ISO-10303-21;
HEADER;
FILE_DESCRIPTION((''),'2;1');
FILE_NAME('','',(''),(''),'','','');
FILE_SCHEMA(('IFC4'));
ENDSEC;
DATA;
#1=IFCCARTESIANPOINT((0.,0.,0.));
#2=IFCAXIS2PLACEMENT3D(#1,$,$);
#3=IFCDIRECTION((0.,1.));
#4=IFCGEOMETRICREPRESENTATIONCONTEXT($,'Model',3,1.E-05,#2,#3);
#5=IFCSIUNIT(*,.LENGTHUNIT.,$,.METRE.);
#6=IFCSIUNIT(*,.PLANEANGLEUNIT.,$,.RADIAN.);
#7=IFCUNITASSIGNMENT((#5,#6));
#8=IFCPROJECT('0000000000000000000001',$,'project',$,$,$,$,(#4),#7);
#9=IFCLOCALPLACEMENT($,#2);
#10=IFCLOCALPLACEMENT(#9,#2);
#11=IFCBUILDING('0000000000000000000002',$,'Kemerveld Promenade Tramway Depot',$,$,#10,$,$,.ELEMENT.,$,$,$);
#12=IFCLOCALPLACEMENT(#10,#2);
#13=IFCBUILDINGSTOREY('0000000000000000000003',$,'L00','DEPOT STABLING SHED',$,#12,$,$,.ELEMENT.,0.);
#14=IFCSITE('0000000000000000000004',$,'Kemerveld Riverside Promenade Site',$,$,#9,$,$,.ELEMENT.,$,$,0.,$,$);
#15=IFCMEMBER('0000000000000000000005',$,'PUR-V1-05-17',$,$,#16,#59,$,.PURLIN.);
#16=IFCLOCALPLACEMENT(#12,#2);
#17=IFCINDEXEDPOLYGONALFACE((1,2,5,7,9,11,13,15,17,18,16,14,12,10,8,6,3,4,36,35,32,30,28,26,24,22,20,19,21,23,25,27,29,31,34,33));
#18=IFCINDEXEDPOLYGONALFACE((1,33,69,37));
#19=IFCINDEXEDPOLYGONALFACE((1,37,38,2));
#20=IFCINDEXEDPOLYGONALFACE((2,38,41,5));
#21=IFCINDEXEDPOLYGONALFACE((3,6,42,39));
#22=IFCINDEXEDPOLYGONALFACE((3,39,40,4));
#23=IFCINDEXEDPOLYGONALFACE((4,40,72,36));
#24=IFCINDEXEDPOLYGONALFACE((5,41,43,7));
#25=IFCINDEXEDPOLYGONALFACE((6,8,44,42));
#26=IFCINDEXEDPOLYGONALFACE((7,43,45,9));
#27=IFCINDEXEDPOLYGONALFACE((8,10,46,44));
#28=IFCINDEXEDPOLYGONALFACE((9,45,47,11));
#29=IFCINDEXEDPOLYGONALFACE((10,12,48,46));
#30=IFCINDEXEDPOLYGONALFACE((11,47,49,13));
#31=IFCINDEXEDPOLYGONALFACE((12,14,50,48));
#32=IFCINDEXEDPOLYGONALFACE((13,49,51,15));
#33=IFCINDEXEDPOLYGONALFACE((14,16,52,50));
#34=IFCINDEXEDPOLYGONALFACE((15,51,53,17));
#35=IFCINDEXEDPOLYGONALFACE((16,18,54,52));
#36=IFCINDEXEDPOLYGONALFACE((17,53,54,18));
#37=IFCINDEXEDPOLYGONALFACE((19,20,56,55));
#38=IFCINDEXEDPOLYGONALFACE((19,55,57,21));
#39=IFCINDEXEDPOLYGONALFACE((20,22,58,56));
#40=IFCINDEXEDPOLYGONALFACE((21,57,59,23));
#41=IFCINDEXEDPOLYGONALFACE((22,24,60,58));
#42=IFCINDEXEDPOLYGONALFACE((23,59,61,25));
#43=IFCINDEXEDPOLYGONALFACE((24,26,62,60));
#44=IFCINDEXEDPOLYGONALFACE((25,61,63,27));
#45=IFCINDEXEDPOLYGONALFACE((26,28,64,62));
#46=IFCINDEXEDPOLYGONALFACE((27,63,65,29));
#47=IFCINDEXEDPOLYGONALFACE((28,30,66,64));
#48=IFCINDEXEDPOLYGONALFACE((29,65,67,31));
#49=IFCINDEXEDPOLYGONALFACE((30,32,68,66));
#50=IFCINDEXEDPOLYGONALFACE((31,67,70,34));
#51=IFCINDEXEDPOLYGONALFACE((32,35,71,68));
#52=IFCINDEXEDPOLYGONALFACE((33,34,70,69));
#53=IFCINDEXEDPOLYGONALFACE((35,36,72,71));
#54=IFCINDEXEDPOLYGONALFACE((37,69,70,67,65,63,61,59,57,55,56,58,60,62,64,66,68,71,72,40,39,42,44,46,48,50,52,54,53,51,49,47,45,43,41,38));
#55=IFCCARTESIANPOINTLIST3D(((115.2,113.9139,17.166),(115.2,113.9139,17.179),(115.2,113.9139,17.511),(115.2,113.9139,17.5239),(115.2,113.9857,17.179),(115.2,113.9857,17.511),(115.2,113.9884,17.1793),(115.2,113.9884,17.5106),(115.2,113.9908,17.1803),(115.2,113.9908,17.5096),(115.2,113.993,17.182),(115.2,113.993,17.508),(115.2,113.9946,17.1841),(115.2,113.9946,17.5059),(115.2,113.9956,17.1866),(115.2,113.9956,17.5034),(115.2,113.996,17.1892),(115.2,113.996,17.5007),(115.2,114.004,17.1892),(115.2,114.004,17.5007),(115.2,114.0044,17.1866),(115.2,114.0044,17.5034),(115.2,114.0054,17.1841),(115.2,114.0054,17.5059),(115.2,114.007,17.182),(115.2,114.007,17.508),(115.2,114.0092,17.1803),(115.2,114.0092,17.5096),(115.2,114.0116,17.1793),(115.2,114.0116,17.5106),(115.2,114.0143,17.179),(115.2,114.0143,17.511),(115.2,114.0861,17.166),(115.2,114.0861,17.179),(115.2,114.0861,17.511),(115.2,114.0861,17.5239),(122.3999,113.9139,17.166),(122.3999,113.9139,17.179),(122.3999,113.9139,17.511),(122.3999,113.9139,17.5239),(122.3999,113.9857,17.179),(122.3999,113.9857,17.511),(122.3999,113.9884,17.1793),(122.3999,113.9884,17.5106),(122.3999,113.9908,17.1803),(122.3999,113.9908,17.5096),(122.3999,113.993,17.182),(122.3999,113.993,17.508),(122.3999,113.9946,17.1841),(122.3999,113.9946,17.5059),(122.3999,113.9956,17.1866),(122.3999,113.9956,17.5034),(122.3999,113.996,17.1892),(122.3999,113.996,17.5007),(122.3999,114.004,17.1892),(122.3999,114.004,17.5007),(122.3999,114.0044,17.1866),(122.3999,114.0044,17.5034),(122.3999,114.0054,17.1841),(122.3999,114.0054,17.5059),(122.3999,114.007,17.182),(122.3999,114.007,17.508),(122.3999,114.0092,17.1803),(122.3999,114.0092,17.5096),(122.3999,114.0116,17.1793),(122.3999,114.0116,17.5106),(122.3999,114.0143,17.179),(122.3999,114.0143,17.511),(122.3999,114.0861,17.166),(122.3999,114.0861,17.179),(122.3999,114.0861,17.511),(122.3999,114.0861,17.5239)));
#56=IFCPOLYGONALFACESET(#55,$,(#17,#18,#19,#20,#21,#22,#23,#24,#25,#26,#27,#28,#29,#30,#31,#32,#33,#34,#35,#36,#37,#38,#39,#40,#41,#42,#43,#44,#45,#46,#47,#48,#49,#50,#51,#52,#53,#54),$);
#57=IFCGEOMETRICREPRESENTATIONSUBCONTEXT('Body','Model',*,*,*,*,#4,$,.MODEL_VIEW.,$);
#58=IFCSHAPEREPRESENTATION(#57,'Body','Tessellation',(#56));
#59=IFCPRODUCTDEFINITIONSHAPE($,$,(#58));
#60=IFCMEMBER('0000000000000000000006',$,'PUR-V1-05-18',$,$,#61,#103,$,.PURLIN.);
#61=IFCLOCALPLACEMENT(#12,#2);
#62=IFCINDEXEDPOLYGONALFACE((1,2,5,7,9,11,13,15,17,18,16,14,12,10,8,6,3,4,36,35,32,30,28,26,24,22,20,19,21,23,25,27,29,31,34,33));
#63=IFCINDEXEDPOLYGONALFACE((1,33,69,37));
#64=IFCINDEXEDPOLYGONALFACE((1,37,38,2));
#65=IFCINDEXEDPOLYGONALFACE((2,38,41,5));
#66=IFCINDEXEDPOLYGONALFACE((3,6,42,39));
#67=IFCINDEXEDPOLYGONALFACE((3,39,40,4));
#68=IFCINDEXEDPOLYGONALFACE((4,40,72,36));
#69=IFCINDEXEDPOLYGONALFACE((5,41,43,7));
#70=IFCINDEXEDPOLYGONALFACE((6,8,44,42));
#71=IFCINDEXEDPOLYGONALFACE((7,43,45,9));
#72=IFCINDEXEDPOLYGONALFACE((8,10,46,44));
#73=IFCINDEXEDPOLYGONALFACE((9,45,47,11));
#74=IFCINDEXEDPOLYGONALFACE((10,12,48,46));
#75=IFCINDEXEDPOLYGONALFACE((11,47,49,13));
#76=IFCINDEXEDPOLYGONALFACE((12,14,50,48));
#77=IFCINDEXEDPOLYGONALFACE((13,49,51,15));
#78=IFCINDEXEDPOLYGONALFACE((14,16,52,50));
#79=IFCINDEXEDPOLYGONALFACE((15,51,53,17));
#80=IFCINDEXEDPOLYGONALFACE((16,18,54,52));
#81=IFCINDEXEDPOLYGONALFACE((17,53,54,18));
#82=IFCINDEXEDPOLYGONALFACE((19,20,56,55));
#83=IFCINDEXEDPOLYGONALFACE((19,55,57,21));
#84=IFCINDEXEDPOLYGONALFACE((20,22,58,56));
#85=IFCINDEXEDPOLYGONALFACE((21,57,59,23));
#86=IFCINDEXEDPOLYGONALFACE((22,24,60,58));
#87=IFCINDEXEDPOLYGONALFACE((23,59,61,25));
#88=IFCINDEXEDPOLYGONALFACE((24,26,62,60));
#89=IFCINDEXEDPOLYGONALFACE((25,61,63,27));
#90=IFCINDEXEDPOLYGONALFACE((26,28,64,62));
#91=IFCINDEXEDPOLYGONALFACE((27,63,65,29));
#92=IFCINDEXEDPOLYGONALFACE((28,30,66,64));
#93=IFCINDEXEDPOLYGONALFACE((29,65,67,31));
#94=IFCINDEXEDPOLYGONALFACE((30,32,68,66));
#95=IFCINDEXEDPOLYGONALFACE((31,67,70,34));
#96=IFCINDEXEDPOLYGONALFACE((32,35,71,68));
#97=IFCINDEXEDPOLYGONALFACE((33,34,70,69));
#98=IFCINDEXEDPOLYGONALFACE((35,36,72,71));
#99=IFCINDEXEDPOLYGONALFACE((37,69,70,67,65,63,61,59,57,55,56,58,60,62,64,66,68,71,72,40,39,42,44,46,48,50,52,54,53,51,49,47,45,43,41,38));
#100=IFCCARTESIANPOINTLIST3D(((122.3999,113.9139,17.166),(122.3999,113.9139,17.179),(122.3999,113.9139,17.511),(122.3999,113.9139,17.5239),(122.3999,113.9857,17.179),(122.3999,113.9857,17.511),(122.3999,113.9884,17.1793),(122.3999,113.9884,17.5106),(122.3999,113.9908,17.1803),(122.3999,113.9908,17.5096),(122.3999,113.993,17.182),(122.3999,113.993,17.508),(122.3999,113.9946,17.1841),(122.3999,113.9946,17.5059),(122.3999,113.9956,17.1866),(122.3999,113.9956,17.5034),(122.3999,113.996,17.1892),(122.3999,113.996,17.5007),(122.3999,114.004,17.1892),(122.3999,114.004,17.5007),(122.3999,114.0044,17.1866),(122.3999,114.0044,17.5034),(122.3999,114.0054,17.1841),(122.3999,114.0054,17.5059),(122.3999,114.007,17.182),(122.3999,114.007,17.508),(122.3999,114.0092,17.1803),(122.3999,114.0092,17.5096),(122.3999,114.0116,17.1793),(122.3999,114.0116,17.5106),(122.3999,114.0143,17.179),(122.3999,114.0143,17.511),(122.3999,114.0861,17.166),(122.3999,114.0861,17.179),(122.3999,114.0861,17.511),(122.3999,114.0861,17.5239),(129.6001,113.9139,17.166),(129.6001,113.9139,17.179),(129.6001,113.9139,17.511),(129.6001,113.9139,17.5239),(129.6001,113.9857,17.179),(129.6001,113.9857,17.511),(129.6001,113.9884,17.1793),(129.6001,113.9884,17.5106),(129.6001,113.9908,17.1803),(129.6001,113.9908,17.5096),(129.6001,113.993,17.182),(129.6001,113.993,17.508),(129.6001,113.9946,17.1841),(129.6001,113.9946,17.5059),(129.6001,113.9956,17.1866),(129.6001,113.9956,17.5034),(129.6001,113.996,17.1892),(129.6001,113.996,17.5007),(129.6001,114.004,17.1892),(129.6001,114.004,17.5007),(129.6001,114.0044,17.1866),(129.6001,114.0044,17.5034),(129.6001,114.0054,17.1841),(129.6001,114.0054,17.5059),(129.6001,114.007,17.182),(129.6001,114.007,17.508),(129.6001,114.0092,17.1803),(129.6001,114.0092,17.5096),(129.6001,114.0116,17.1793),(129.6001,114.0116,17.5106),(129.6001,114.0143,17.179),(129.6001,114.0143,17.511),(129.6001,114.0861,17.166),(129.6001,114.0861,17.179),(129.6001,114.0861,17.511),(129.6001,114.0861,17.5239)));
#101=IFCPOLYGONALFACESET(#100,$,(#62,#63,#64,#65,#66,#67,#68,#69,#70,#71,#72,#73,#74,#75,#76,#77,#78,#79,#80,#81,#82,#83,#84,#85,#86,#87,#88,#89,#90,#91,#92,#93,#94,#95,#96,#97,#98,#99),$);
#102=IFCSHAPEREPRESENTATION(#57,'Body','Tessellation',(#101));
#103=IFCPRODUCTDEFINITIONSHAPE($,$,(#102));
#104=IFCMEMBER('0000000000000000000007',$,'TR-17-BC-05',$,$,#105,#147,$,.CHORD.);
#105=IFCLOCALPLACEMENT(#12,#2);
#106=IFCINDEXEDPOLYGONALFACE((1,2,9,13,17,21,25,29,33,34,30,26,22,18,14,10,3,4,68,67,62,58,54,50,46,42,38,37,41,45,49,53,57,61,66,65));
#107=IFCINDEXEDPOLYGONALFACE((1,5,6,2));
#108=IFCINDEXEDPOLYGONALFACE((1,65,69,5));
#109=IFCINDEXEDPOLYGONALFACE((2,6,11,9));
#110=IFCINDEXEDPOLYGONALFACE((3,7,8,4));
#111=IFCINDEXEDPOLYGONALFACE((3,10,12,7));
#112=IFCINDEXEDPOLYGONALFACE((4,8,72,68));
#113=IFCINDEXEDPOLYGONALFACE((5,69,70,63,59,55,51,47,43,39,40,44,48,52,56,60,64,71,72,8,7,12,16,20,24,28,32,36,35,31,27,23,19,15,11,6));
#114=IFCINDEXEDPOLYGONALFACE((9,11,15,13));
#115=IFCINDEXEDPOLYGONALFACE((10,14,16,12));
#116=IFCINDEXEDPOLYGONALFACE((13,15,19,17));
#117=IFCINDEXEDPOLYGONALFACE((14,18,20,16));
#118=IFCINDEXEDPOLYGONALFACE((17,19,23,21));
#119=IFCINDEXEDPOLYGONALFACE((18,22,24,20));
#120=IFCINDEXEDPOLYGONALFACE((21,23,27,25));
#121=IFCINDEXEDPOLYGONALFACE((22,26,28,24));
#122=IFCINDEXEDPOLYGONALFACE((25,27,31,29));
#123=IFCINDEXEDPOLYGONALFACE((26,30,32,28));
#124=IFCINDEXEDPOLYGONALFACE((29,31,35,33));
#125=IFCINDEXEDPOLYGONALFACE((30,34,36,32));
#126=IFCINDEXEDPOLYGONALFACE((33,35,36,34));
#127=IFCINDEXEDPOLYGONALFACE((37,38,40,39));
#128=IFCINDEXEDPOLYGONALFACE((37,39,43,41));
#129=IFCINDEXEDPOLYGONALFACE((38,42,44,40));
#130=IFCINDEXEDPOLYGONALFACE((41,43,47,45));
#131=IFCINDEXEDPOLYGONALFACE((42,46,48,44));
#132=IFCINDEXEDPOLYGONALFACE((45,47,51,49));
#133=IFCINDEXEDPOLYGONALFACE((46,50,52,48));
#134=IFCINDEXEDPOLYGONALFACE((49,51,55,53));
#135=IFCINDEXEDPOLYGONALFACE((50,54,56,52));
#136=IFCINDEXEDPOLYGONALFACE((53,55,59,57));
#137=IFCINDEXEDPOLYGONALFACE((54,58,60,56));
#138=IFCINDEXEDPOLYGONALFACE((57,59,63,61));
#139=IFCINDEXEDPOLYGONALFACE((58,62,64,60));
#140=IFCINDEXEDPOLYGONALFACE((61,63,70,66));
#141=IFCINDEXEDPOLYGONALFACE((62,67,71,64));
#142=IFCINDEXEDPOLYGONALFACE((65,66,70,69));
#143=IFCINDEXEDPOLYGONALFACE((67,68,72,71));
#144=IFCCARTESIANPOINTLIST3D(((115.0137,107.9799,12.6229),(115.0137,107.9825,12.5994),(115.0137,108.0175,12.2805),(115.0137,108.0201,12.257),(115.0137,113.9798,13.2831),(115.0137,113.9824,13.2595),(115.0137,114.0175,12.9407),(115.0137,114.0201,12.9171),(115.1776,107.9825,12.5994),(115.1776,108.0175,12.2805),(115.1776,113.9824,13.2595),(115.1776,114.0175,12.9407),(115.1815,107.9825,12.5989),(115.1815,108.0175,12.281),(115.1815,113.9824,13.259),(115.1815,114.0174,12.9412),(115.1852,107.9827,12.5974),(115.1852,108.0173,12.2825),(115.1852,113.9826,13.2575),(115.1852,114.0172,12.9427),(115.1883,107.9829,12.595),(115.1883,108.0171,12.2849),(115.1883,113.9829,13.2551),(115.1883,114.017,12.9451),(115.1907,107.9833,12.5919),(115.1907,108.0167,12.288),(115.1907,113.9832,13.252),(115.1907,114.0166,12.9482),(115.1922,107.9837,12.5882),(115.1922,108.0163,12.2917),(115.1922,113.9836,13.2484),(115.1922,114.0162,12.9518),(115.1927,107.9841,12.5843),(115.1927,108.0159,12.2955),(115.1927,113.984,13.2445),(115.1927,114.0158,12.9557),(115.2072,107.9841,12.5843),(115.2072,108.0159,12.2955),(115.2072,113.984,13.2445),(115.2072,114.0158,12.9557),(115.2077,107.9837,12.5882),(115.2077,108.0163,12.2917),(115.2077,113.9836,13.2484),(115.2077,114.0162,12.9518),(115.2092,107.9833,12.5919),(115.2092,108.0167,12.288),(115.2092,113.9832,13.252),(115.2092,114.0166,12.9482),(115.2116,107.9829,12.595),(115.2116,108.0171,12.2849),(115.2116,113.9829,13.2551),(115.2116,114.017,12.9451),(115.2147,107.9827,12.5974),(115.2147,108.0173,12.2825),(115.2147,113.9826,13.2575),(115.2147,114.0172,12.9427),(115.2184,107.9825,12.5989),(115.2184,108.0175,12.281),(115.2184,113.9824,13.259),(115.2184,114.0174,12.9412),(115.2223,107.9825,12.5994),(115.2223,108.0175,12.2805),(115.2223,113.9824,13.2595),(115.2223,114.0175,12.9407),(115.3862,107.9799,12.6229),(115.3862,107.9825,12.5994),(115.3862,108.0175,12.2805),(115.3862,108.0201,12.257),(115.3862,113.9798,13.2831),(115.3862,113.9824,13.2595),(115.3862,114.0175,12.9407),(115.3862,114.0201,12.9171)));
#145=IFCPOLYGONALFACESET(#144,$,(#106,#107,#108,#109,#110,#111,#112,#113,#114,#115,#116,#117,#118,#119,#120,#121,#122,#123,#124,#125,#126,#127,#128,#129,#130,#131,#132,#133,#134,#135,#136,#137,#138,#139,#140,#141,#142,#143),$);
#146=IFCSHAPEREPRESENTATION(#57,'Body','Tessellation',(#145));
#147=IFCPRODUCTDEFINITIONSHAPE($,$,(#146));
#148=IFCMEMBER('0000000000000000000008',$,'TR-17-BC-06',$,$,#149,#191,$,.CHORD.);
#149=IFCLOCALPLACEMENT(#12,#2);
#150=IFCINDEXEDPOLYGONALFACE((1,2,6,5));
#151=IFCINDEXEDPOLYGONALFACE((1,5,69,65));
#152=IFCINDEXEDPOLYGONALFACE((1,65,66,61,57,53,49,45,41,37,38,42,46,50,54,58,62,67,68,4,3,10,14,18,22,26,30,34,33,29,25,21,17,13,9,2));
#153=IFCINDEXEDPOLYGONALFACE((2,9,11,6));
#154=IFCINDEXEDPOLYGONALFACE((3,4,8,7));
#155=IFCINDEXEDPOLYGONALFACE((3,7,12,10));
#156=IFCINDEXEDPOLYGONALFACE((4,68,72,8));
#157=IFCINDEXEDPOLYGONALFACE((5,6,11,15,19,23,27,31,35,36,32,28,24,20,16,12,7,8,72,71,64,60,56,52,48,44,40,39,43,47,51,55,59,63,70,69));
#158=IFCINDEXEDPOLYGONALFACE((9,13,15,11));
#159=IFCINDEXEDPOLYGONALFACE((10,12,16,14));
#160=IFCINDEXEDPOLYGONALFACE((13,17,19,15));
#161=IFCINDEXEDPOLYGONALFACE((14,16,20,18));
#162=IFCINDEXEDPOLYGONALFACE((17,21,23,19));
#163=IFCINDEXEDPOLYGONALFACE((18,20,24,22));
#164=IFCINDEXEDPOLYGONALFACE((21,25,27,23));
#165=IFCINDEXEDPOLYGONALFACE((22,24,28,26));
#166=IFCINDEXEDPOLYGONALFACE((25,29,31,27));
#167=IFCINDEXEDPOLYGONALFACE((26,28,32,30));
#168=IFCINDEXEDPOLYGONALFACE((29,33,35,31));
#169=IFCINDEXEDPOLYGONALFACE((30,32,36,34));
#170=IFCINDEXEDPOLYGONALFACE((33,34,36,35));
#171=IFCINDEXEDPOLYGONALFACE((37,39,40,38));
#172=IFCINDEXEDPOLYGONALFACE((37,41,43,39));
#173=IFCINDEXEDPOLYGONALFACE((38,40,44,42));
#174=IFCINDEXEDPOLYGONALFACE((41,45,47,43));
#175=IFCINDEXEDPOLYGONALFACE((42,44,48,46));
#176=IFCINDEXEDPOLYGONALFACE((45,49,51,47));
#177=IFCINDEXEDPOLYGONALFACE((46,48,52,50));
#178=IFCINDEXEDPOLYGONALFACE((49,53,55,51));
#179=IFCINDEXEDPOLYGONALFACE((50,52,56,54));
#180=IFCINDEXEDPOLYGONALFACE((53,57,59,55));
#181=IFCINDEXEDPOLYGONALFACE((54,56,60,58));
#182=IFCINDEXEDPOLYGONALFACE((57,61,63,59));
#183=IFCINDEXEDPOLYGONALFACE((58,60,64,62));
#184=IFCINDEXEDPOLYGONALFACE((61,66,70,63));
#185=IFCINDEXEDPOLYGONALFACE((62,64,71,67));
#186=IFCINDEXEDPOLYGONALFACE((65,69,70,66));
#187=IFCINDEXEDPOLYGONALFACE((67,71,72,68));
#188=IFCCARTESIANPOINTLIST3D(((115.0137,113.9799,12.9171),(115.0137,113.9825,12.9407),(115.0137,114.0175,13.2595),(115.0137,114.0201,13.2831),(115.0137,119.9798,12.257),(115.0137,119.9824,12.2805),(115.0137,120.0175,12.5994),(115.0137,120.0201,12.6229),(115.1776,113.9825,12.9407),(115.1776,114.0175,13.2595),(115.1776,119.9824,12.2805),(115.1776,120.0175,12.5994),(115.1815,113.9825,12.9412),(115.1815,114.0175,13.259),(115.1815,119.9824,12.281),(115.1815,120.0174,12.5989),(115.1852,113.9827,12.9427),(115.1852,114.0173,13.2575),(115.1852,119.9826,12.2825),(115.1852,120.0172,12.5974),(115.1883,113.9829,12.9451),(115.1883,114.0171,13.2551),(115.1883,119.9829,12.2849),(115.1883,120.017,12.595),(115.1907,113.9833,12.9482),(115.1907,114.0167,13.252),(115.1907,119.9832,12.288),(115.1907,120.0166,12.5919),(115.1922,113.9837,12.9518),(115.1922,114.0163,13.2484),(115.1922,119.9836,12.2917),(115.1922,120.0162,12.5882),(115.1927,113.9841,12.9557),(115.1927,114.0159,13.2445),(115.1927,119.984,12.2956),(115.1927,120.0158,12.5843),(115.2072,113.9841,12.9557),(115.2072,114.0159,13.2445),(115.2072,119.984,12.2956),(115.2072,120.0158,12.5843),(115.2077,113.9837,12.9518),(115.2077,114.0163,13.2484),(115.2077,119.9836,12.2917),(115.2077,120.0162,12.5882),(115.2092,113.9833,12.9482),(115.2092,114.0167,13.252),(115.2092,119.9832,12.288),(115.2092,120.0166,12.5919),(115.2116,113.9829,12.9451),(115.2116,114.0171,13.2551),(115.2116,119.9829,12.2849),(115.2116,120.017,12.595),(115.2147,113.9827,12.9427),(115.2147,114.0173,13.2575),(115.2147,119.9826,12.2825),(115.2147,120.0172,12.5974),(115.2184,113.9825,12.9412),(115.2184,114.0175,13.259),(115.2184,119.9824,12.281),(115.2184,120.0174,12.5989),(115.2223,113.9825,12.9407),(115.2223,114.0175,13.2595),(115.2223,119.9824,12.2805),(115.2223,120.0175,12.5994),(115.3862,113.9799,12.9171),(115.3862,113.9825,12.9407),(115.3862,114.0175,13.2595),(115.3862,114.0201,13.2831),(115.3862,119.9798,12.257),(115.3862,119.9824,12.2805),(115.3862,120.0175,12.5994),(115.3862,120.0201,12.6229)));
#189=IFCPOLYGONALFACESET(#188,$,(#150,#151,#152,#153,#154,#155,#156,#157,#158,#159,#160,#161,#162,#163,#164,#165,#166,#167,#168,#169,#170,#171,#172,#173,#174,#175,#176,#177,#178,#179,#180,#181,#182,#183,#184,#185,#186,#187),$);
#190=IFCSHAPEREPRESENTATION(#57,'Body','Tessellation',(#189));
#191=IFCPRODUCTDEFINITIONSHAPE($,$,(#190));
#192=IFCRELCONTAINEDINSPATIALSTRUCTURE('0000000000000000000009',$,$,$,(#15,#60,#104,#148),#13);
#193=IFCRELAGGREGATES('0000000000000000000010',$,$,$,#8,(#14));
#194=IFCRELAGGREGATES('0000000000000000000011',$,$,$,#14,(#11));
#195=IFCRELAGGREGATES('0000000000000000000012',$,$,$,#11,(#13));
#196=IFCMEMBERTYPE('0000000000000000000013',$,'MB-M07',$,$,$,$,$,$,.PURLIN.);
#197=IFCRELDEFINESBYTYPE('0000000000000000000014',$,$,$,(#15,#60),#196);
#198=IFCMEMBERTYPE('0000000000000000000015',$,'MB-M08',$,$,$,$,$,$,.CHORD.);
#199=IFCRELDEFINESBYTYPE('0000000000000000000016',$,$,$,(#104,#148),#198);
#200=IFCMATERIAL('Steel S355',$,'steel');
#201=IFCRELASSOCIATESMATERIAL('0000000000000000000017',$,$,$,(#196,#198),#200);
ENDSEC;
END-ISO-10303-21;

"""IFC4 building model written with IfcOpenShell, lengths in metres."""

from ifc_helpers import new_model, si_unit, direction, frame, origin, origin_2d, place, context, subcontext, project, spatial, i_section, extrude, material, material_profile, profile_set, type_object, element, save


model = new_model("IFC4")

# Units and contexts
model_context = context("Model", 3, precision=1e-05, world=origin(), true_north=direction((0.0, 1.0)))
body_context = subcontext(model_context, "Body", "Model", "MODEL_VIEW")
ifc_project = project(units=[si_unit("LENGTHUNIT", "METRE"), si_unit("PLANEANGLEUNIT", "RADIAN")], contexts=[model_context])

# Site, building, storey
site_placement = place(None, origin())
site = spatial("IfcSite", under=ifc_project, at=site_placement, Name="Kemerveld Riverside Promenade Site", CompositionType="ELEMENT", RefElevation=0.0)
building_placement = place(site_placement, origin())
building = spatial("IfcBuilding", under=site, at=building_placement, Name="Kemerveld Promenade Tramway Depot", CompositionType="ELEMENT")
storey_placement = place(building_placement, origin())
storey = spatial("IfcBuildingStorey", under=building, at=storey_placement, Name="L00", Description="DEPOT STABLING SHED", CompositionType="ELEMENT", Elevation=0.0)

# Members
ifc_material_1 = material(Name="Steel S355", Category="steel")
ifc_material_profile_1 = material_profile(ifc_material_1, i_section(OverallWidth=0.1721, OverallDepth=0.3579, WebThickness=0.0081, FlangeThickness=0.0129, FilletRadius=0.0103, at=origin_2d()), Name="356x171x57 UB")
ifc_profile_set_1 = profile_set([ifc_material_profile_1], Name="Steel S355")
member_type_1 = type_object("IfcMemberType", Name="MB-M07", PredefinedType="PURLIN", material=ifc_profile_set_1)
member_1_placement = place(storey_placement, frame((115.2, 114.0, 17.345), z_axis=(1.0, 0.0, 0.0), x_axis=(0.0, 1.0, 0.0)))
element("IfcMember", 1, at=member_1_placement, inside=storey, type_object=member_type_1, Name="PUR-V1-05-17", PredefinedType="PURLIN", context=body_context, shape_type="SweptSolid", body=[
    extrude(i_section(OverallWidth=0.1721, OverallDepth=0.3579, WebThickness=0.0081, FlangeThickness=0.0129, FilletRadius=0.0103, at=origin_2d()), origin(), (0.0, 0.0, 1.0), 7.2),
])
member_2_placement = place(storey_placement, frame((122.3999, 114.0, 17.345), z_axis=(1.0, 0.0, 0.0), x_axis=(0.0, 1.0, 0.0)))
element("IfcMember", 2, at=member_2_placement, inside=storey, type_object=member_type_1, Name="PUR-V1-05-18", PredefinedType="PURLIN", context=body_context, shape_type="SweptSolid", body=[
    extrude(i_section(OverallWidth=0.1721, OverallDepth=0.3579, WebThickness=0.0081, FlangeThickness=0.0129, FilletRadius=0.0103, at=origin_2d()), origin(), (0.0, 0.0, 1.0), 7.2002),
])
ifc_material_profile_2 = material_profile(ifc_material_1, i_section(OverallWidth=0.3726, OverallDepth=0.3682, WebThickness=0.0144, FlangeThickness=0.0237, FilletRadius=0.0151, at=origin_2d()), Name="356x368x177 UC")
ifc_profile_set_2 = profile_set([ifc_material_profile_2], Name="Steel S355")
member_type_2 = type_object("IfcMemberType", Name="MB-M08", PredefinedType="CHORD", material=ifc_profile_set_2)
for number, where, z_axis, x_axis, name in (
    (3, (115.2, 108.0, 12.4399), (0.0, 0.994002, 0.109366), (-1.0, 0.0, 0.0), "TR-17-BC-05"),
    (4, (115.2, 114.0, 13.1001), (0.0, 0.994002, -0.109366), (-1.0, 0.0, 0.0), "TR-17-BC-06"),
):
    element("IfcMember", number, at=place(storey_placement, frame(where, z_axis=z_axis, x_axis=x_axis)), inside=storey, type_object=member_type_2, Name=name, PredefinedType="CHORD", context=body_context, shape_type="SweptSolid", body=[
        extrude(i_section(OverallWidth=0.3726, OverallDepth=0.3682, WebThickness=0.0144, FlangeThickness=0.0237, FilletRadius=0.0151, at=origin_2d()), origin(), (0.0, 0.0, 1.0), 6.0361),
    ])

save(model, "model.ifc")
